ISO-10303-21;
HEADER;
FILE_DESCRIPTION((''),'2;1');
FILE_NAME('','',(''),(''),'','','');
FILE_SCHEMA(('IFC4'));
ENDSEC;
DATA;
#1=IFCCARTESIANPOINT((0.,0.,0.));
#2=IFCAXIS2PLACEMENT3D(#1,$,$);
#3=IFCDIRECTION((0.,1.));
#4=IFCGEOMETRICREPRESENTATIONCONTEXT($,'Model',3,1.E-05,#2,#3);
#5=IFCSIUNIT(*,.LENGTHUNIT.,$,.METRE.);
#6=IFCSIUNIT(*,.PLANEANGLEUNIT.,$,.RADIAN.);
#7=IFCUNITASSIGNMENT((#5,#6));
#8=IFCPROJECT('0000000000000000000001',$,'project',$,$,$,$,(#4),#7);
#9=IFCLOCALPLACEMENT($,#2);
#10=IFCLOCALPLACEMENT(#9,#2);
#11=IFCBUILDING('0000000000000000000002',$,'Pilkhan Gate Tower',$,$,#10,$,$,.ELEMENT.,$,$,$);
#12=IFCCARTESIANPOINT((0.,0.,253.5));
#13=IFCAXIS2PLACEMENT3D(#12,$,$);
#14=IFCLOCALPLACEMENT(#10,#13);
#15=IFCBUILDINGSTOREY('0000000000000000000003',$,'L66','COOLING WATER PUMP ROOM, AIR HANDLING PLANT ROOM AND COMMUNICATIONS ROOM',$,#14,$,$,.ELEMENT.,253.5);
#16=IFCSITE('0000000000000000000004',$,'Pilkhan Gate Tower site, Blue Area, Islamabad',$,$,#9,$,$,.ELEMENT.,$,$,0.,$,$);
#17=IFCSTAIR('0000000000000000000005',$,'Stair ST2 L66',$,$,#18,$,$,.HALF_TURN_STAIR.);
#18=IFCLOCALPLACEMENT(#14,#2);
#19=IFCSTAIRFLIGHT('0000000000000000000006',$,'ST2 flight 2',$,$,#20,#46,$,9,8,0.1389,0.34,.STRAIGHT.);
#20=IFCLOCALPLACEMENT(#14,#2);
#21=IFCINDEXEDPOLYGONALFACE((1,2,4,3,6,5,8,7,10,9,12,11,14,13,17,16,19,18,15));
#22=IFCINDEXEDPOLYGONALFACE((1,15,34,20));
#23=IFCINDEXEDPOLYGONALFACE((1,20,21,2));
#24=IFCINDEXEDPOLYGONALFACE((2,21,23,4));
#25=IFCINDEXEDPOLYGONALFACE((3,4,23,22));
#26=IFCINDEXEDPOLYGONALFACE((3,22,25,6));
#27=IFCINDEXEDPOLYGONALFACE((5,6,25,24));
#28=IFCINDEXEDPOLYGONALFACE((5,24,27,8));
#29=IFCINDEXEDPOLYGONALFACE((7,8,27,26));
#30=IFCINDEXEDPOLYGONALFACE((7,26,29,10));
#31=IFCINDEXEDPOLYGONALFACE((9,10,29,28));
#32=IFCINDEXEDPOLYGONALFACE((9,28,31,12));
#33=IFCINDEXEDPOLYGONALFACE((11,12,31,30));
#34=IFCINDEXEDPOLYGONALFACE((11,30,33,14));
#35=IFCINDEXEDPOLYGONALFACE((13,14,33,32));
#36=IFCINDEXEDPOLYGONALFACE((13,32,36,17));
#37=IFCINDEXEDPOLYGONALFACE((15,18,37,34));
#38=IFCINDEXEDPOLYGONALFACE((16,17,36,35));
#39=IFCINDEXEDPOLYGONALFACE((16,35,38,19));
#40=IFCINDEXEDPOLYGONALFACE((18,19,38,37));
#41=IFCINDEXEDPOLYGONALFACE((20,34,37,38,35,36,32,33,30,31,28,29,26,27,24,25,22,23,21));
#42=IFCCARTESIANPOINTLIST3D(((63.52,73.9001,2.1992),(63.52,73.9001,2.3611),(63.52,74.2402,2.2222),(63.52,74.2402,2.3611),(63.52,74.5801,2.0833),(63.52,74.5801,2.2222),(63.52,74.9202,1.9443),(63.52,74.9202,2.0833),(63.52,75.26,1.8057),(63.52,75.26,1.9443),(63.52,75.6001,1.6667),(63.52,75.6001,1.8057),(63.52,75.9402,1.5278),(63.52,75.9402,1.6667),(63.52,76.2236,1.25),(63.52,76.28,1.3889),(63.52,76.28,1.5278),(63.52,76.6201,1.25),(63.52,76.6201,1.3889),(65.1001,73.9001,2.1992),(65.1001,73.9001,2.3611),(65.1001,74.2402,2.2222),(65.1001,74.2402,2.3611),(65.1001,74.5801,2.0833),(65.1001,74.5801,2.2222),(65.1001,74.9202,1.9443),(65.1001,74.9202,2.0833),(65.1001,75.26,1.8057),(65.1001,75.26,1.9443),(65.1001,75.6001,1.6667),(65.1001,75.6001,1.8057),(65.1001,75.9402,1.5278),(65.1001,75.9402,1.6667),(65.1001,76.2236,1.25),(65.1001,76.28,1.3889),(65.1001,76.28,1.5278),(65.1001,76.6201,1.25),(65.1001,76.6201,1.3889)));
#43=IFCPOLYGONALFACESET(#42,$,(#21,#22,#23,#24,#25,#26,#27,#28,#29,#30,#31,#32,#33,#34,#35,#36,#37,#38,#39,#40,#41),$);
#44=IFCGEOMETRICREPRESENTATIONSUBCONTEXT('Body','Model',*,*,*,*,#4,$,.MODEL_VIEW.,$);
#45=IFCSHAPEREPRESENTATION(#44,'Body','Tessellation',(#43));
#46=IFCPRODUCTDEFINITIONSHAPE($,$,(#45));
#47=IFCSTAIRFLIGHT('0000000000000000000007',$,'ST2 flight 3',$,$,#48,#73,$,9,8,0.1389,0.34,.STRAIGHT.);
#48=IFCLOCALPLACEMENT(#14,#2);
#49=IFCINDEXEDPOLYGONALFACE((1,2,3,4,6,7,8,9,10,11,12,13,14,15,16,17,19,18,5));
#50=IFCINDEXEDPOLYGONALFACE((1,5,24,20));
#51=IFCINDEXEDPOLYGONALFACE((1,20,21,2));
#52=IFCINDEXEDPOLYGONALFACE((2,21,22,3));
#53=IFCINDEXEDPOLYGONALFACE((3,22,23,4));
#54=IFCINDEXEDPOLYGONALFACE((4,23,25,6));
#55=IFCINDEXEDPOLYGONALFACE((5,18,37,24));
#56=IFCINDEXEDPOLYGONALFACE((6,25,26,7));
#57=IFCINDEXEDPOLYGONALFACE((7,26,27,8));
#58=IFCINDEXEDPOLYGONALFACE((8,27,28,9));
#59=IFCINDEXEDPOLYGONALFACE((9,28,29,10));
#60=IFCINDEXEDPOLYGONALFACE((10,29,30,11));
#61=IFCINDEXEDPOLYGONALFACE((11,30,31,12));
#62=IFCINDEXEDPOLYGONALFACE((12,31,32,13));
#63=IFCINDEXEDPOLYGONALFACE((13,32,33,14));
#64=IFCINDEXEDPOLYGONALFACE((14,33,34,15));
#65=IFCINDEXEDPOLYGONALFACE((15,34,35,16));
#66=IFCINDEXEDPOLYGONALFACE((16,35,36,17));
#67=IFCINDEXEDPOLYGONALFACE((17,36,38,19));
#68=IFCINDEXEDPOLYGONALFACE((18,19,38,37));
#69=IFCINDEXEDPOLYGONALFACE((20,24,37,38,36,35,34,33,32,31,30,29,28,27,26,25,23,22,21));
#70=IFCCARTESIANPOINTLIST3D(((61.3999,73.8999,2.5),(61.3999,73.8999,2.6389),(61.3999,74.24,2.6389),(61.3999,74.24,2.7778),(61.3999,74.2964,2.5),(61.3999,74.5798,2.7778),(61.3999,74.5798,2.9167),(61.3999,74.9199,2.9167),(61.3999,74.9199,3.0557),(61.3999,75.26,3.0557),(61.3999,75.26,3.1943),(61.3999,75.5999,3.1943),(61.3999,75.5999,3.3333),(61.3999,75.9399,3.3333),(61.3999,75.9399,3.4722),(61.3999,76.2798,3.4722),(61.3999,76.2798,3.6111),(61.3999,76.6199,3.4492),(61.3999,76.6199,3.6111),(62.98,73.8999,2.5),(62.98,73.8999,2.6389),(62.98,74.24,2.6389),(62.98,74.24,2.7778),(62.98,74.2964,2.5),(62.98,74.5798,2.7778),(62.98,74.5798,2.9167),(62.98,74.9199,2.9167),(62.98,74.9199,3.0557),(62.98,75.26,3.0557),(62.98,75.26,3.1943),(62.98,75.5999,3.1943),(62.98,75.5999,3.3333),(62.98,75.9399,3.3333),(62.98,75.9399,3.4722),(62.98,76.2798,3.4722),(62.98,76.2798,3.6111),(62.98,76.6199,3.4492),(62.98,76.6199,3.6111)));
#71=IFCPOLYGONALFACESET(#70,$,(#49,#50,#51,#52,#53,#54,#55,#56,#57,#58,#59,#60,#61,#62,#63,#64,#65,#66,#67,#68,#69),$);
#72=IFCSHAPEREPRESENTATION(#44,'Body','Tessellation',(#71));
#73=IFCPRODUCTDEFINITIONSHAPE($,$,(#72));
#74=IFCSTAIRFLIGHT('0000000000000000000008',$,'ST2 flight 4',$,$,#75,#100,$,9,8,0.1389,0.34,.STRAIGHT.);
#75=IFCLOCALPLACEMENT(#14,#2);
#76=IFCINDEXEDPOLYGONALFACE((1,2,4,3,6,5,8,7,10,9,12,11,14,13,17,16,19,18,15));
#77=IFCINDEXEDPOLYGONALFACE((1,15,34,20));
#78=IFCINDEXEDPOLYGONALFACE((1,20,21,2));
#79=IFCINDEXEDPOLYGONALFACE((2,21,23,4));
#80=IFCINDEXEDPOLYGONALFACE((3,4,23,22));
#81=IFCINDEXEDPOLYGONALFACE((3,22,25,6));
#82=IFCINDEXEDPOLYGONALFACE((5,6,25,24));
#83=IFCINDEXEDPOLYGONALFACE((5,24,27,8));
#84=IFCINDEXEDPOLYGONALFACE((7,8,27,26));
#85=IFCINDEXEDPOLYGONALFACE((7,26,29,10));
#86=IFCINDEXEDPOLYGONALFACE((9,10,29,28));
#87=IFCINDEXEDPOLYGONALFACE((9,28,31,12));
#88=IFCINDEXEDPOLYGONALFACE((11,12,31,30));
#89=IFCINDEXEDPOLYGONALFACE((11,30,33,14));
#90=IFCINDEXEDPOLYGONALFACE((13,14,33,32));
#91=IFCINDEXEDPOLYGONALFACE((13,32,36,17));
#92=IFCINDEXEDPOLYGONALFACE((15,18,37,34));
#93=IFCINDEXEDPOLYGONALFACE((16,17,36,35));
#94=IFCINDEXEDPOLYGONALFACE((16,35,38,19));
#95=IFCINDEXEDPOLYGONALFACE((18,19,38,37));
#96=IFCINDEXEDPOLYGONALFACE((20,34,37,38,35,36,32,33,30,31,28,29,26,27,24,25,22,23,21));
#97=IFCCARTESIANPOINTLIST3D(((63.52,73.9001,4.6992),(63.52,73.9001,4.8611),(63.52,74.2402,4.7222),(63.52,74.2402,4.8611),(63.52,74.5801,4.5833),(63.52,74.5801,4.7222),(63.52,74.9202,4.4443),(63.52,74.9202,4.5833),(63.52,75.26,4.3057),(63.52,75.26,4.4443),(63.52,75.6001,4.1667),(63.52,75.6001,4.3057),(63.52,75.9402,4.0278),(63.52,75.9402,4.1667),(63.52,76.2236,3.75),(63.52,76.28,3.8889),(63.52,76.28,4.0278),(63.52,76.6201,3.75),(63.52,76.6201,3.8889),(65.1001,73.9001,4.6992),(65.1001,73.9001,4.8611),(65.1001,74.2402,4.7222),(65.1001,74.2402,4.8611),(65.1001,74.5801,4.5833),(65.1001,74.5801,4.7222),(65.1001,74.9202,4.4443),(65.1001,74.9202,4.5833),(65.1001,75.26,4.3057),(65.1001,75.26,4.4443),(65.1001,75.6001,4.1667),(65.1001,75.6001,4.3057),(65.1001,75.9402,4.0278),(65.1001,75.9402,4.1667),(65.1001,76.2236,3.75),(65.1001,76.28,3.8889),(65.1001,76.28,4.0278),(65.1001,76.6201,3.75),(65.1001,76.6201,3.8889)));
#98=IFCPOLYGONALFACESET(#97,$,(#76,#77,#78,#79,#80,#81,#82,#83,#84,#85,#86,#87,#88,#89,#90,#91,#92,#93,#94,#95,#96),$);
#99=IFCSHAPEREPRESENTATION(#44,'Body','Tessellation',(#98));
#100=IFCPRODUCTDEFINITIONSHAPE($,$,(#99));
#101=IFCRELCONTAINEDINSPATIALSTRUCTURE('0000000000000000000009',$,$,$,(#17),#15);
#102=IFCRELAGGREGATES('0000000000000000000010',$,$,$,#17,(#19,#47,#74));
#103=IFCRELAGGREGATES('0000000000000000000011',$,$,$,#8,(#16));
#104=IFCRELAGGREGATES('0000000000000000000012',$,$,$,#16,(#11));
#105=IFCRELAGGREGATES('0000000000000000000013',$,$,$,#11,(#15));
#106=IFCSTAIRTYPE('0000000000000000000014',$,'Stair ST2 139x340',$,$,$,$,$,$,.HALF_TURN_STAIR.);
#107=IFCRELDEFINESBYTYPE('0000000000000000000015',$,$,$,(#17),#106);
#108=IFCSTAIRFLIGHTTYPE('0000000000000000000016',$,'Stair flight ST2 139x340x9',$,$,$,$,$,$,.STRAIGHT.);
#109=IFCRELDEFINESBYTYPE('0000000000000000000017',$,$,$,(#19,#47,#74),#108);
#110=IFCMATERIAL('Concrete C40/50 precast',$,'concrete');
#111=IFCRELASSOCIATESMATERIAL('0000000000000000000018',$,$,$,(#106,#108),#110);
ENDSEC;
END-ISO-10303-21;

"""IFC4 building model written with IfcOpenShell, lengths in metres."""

from ifc_helpers import new_model, si_unit, direction, frame, origin, place, context, subcontext, project, spatial, polyline, outline, extrude, material, type_object, element, aggregate, save


model = new_model("IFC4")

# Units and contexts
model_context = context("Model", 3, precision=1e-05, world=origin(), true_north=direction((0.0, 1.0)))
body_context = subcontext(model_context, "Body", "Model", "MODEL_VIEW")
ifc_project = project(units=[si_unit("LENGTHUNIT", "METRE"), si_unit("PLANEANGLEUNIT", "RADIAN")], contexts=[model_context])

# Site, building, storey
site_placement = place(None, origin())
site = spatial("IfcSite", under=ifc_project, at=site_placement, Name="Pilkhan Gate Tower site, Blue Area, Islamabad", CompositionType="ELEMENT", RefElevation=0.0)
building_placement = place(site_placement, origin())
building = spatial("IfcBuilding", under=site, at=building_placement, Name="Pilkhan Gate Tower", CompositionType="ELEMENT")
storey_placement = place(building_placement, frame((0.0, 0.0, 253.5)))
storey = spatial("IfcBuildingStorey", under=building, at=storey_placement, Name="L66", Description="COOLING WATER PUMP ROOM, AIR HANDLING PLANT ROOM AND COMMUNICATIONS ROOM", CompositionType="ELEMENT", Elevation=253.5)

# Stair, stair flights
ifc_material_1 = material(Name="Concrete C40/50 precast", Category="concrete")
stair_type = type_object("IfcStairType", Name="Stair ST2 139x340", PredefinedType="HALF_TURN_STAIR", material=ifc_material_1)
stair_placement = place(storey_placement, origin())
stair = element("IfcStair", 1, at=stair_placement, inside=storey, type_object=stair_type, Name="Stair ST2 L66", PredefinedType="HALF_TURN_STAIR")
stair_flight_type = type_object("IfcStairFlightType", Name="Stair flight ST2 139x340x9", PredefinedType="STRAIGHT", material=ifc_material_1)
stair_flight_1_placement = place(storey_placement, frame((64.3101, 76.6201, 1.25), z_axis=(0.0, 0.0, 1.0), x_axis=(0.0, -1.0, 0.0)))
stair_flight_1 = element("IfcStairFlight", 2, at=stair_flight_1_placement, type_object=stair_flight_type, Name="ST2 flight 2", NumberOfRisers=9, NumberOfTreads=8, PredefinedType="STRAIGHT", RiserHeight=0.1389, TreadLength=0.34, context=body_context, shape_type="SweptSolid", body=[
    extrude(outline(polyline([(0.0, 0.0), (0.0, 0.1389), (0.3401, 0.1389), (0.3401, 0.2778), (0.6799, 0.2778), (0.6799, 0.4167), (1.02, 0.4167), (1.02, 0.5557), (1.3601, 0.5557), (1.3601, 0.6943), (1.7, 0.6943), (1.7, 0.8333), (2.04, 0.8333), (2.04, 0.9722), (2.3799, 0.9722), (2.3799, 1.1111), (2.72, 1.1111), (2.72, 1.25), (2.72, 0.9492), (0.3965, 0.0), (0.0, 0.0)])), frame((0.0, 0.79, 0.0), z_axis=(0.0, -1.0, 0.0), x_axis=(1.0, 0.0, 0.0)), (0.0, 0.0, 1.0), 1.5801),
])
stair_flight_2_placement = place(storey_placement, frame((62.1899, 73.8999, 2.5), z_axis=(0.0, 0.0, 1.0), x_axis=(0.0, 1.0, 0.0)))
stair_flight_2 = element("IfcStairFlight", 3, at=stair_flight_2_placement, type_object=stair_flight_type, Name="ST2 flight 3", NumberOfRisers=9, NumberOfTreads=8, PredefinedType="STRAIGHT", RiserHeight=0.1389, TreadLength=0.34, context=body_context, shape_type="SweptSolid", body=[
    extrude(outline(polyline([(0.0, 0.0), (0.0, 0.1389), (0.3401, 0.1389), (0.3401, 0.2778), (0.6799, 0.2778), (0.6799, 0.4167), (1.02, 0.4167), (1.02, 0.5557), (1.3601, 0.5557), (1.3601, 0.6943), (1.7, 0.6943), (1.7, 0.8333), (2.04, 0.8333), (2.04, 0.9722), (2.3799, 0.9722), (2.3799, 1.1111), (2.72, 1.1111), (2.72, 1.25), (2.72, 0.9492), (0.3965, 0.0), (0.0, 0.0)])), frame((0.0, 0.79, 0.0), z_axis=(0.0, -1.0, 0.0), x_axis=(1.0, 0.0, 0.0)), (0.0, 0.0, 1.0), 1.5801),
])
stair_flight_3_placement = place(storey_placement, frame((64.3101, 76.6201, 3.75), z_axis=(0.0, 0.0, 1.0), x_axis=(0.0, -1.0, 0.0)))
stair_flight_3 = element("IfcStairFlight", 4, at=stair_flight_3_placement, type_object=stair_flight_type, Name="ST2 flight 4", NumberOfRisers=9, NumberOfTreads=8, PredefinedType="STRAIGHT", RiserHeight=0.1389, TreadLength=0.34, context=body_context, shape_type="SweptSolid", body=[
    extrude(outline(polyline([(0.0, 0.0), (0.0, 0.1389), (0.3401, 0.1389), (0.3401, 0.2778), (0.6799, 0.2778), (0.6799, 0.4167), (1.02, 0.4167), (1.02, 0.5557), (1.3601, 0.5557), (1.3601, 0.6943), (1.7, 0.6943), (1.7, 0.8333), (2.04, 0.8333), (2.04, 0.9722), (2.3799, 0.9722), (2.3799, 1.1111), (2.72, 1.1111), (2.72, 1.25), (2.72, 0.9492), (0.3965, 0.0), (0.0, 0.0)])), frame((0.0, 0.79, 0.0), z_axis=(0.0, -1.0, 0.0), x_axis=(1.0, 0.0, 0.0)), (0.0, 0.0, 1.0), 1.5801),
])
aggregate(stair, [stair_flight_1, stair_flight_2, stair_flight_3])

save(model, "model.ifc")
